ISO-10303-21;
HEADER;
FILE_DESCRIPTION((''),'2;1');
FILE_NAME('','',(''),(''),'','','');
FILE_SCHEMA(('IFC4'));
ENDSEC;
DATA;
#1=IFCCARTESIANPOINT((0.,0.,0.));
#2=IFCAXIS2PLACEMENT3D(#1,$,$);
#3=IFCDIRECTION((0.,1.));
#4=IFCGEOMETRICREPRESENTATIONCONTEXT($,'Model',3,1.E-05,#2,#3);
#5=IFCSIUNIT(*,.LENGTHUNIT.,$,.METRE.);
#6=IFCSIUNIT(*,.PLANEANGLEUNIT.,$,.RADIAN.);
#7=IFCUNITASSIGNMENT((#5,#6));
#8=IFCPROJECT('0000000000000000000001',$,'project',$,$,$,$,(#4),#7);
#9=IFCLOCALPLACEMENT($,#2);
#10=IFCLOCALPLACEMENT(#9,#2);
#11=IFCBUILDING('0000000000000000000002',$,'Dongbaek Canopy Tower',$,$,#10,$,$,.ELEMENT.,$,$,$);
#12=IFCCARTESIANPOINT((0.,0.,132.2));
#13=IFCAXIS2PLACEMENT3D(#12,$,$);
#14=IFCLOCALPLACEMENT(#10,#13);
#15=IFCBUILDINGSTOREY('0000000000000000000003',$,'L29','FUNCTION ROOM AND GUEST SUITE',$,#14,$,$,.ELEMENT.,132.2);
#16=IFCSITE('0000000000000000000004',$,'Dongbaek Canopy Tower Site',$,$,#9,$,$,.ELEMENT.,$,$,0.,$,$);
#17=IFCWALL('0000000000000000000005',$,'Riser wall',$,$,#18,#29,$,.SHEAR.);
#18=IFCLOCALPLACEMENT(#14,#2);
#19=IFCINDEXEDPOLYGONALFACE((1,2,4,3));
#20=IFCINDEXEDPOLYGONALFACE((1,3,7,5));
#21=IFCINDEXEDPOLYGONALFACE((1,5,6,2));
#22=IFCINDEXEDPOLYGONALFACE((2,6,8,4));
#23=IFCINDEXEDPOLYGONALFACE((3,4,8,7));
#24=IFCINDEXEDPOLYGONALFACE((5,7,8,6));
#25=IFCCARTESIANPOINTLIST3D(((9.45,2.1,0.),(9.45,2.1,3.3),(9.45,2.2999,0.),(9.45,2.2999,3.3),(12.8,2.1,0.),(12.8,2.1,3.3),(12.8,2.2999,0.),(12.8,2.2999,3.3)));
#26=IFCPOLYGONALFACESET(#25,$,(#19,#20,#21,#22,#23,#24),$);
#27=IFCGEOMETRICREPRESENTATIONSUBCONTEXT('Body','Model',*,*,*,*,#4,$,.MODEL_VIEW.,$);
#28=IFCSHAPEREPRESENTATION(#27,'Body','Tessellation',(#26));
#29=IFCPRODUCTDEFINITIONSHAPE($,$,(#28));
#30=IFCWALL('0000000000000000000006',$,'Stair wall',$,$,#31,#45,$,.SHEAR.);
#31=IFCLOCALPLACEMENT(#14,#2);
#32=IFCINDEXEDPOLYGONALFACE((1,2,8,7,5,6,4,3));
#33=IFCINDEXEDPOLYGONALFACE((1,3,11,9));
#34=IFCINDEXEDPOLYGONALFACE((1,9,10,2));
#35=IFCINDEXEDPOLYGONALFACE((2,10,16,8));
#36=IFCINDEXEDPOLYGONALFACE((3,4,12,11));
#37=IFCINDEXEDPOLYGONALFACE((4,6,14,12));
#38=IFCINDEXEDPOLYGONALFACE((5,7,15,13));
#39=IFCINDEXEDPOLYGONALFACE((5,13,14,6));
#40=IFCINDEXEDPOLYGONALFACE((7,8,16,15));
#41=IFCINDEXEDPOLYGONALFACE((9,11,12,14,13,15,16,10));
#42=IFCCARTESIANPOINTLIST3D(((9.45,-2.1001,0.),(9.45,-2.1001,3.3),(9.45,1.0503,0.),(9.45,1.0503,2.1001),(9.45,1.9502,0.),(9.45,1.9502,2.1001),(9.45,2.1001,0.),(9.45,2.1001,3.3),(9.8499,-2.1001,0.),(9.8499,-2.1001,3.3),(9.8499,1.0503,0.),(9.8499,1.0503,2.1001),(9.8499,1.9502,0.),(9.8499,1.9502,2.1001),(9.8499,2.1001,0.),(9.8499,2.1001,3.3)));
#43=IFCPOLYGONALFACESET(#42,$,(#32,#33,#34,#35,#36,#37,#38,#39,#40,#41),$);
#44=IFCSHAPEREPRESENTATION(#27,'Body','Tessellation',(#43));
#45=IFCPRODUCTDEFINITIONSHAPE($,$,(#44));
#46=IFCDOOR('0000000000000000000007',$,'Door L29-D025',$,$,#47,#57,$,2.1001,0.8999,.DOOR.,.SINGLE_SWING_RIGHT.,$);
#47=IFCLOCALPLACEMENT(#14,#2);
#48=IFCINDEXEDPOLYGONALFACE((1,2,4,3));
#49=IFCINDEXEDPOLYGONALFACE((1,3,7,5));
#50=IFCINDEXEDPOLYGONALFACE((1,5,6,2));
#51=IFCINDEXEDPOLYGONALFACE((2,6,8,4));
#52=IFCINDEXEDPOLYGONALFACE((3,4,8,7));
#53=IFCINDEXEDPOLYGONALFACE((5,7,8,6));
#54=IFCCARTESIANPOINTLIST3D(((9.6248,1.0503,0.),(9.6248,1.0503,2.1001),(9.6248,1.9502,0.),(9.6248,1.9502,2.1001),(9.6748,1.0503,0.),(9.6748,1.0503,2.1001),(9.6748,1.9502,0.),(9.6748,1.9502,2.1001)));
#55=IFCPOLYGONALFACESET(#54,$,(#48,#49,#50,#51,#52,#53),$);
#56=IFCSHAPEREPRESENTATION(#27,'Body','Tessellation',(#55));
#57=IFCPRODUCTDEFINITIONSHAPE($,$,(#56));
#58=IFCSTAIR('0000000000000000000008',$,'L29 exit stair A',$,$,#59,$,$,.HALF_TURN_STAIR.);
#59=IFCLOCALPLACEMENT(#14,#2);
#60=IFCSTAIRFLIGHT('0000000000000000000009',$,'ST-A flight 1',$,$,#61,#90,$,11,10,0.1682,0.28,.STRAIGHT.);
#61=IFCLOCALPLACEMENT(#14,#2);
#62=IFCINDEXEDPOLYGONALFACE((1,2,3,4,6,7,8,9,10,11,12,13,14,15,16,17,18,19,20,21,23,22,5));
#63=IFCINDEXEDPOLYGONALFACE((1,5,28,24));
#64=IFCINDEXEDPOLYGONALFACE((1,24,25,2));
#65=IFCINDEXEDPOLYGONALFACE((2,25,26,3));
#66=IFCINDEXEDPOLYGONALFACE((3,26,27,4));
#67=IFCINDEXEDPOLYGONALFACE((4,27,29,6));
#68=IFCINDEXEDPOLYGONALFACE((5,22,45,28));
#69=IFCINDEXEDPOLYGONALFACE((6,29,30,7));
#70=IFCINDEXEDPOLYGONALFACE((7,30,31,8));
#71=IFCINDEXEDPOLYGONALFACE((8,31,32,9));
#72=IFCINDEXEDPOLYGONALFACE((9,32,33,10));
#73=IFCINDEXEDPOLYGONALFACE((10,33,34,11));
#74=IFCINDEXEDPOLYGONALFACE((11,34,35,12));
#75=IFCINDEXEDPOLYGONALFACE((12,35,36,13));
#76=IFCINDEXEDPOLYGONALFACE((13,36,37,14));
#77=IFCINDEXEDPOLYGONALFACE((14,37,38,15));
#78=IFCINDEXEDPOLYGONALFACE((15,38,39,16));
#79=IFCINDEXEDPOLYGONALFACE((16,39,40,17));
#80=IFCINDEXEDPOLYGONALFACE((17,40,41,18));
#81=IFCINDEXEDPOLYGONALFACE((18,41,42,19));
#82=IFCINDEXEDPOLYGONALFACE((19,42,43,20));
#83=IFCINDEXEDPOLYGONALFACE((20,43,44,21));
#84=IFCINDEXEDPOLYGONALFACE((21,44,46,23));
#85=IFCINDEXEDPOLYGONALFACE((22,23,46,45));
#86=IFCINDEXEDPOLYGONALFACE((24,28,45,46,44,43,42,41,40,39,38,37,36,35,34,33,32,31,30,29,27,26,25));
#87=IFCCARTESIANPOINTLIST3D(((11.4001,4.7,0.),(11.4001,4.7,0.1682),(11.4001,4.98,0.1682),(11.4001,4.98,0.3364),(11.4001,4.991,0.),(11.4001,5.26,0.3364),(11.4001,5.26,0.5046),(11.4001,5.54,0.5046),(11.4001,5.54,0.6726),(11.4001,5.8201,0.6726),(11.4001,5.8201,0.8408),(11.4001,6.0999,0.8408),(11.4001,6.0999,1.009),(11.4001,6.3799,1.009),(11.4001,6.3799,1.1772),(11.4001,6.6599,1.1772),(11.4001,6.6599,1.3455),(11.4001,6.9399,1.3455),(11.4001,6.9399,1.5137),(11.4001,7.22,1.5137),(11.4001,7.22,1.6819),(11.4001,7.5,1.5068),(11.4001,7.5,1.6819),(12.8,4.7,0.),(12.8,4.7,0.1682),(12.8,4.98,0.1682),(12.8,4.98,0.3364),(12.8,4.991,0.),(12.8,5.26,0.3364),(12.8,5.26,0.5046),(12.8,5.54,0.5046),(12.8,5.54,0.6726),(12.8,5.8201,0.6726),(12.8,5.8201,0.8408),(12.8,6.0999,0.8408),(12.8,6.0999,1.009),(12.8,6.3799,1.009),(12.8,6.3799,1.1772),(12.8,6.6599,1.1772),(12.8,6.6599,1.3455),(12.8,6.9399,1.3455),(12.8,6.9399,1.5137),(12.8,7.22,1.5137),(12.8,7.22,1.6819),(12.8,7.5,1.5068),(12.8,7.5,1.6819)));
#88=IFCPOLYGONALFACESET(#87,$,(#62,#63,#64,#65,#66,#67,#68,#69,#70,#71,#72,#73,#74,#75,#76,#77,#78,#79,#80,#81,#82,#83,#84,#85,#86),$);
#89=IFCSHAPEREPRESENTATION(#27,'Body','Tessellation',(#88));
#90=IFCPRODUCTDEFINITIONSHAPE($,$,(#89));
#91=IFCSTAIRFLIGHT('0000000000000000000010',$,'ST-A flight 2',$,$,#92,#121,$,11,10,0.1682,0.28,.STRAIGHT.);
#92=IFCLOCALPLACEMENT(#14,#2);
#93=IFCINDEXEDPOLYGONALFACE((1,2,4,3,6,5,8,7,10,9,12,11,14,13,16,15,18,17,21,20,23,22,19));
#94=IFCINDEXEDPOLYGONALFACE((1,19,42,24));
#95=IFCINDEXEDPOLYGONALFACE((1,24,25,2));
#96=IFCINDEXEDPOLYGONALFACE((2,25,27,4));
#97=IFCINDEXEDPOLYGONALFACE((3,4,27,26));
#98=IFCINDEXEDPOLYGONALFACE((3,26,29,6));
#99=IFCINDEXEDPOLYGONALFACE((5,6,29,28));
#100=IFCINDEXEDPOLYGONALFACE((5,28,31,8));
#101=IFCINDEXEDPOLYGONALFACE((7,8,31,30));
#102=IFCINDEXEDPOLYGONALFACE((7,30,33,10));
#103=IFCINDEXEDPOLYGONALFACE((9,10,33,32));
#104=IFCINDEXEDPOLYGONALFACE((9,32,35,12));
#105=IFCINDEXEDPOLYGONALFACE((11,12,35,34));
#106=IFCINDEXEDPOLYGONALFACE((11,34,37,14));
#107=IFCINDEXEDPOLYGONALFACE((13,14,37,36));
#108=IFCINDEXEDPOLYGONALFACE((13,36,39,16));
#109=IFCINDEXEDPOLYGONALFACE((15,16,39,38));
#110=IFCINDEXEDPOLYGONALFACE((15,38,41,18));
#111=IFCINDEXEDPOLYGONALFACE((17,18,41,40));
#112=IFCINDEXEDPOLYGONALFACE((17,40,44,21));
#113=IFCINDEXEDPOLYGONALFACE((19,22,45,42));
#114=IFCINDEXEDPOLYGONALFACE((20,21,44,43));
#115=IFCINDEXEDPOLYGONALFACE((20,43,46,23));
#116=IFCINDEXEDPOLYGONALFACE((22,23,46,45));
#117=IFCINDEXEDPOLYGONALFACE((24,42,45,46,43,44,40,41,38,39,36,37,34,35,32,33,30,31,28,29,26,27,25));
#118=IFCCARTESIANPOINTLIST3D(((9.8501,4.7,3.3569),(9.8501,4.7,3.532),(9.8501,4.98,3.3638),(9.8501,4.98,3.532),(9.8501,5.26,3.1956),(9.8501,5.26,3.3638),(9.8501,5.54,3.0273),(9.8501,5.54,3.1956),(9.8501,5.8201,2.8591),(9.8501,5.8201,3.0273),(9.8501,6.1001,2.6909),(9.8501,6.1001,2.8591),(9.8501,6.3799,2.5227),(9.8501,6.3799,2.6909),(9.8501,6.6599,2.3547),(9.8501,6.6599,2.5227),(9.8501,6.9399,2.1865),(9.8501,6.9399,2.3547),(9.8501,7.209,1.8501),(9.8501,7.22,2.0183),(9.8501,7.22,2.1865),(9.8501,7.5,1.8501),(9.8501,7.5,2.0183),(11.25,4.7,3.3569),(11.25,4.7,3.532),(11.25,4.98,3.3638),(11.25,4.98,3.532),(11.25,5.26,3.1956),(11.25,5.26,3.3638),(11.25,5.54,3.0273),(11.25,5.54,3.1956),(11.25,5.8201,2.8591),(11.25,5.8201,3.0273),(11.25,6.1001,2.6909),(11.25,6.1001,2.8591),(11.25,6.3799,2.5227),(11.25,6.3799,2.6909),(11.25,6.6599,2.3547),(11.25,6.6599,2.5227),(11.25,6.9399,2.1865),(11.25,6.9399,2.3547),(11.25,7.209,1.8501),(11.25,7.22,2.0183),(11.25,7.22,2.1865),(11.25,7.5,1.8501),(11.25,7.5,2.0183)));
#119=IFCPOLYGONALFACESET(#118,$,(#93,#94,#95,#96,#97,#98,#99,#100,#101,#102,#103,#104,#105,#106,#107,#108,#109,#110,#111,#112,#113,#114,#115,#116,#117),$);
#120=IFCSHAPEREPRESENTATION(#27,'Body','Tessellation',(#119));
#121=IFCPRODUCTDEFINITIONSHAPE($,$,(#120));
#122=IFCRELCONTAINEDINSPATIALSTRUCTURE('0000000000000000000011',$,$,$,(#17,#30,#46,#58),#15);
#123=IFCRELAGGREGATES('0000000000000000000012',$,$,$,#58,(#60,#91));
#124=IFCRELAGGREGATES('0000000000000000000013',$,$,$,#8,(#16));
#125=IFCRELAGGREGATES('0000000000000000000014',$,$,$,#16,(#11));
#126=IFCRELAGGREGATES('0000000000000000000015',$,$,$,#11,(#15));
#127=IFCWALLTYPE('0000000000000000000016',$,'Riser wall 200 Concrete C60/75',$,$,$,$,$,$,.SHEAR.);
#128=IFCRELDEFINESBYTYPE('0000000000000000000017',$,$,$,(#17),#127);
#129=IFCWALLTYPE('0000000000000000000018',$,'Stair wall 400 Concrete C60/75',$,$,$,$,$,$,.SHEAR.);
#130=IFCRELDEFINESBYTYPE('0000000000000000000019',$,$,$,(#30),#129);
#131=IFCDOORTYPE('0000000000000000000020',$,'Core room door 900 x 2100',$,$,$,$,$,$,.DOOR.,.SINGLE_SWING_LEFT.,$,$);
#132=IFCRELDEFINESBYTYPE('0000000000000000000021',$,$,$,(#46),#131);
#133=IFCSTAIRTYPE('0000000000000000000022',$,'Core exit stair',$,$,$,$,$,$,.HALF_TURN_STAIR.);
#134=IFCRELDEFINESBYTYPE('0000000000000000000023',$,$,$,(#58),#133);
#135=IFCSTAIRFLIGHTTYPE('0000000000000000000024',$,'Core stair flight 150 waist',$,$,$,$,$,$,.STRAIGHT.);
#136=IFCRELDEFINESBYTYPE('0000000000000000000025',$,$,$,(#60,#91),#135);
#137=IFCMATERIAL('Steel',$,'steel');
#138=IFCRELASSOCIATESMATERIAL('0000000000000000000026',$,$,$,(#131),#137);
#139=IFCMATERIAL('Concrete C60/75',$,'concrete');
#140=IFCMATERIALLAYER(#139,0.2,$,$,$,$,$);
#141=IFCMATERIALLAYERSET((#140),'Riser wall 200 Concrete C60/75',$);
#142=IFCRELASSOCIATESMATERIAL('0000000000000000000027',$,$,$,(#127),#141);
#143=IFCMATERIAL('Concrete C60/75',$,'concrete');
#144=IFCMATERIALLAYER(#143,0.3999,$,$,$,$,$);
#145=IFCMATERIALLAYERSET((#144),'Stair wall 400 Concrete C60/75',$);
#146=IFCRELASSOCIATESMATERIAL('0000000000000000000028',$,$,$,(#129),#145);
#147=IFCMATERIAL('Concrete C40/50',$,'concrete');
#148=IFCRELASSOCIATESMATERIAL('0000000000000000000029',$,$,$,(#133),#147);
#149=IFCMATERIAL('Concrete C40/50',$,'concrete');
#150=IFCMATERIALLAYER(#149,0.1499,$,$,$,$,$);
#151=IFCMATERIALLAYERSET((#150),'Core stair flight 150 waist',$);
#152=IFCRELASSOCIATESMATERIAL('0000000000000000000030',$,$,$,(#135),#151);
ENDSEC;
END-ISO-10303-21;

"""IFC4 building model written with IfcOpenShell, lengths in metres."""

from ifc_helpers import new_model, si_unit, direction, frame, frame_2d, origin, place, context, subcontext, project, spatial, polyline, rectangle, outline, extrude, material, layer, layer_set, type_object, element, fill, aggregate, save


model = new_model("IFC4")

# Units and contexts
model_context = context("Model", 3, precision=1e-05, world=origin(), true_north=direction((0.0, 1.0)))
body_context = subcontext(model_context, "Body", "Model", "MODEL_VIEW")
ifc_project = project(units=[si_unit("LENGTHUNIT", "METRE"), si_unit("PLANEANGLEUNIT", "RADIAN")], contexts=[model_context])

# Site, building, storey
site_placement = place(None, origin())
site = spatial("IfcSite", under=ifc_project, at=site_placement, Name="Dongbaek Canopy Tower Site", CompositionType="ELEMENT", RefElevation=0.0)
building_placement = place(site_placement, origin())
building = spatial("IfcBuilding", under=site, at=building_placement, Name="Dongbaek Canopy Tower", CompositionType="ELEMENT")
storey_placement = place(building_placement, frame((0.0, 0.0, 132.2)))
storey = spatial("IfcBuildingStorey", under=building, at=storey_placement, Name="L29", Description="FUNCTION ROOM AND GUEST SUITE", CompositionType="ELEMENT", Elevation=132.2)

# Shared definitions
ifc_material_1 = material(Name="Steel", Category="steel")
door_type_1 = type_object("IfcDoorType", Name="Core room door 900 x 2100", OperationType="SINGLE_SWING_LEFT", PredefinedType="DOOR", material=ifc_material_1)

# Wall
ifc_material_2 = material(Name="Concrete C60/75", Category="concrete")
ifc_layer_1 = layer(ifc_material_2, 0.2)
ifc_layer_set_1 = layer_set([ifc_layer_1], Name="Riser wall 200 Concrete C60/75")
wall_type_1 = type_object("IfcWallType", Name="Riser wall 200 Concrete C60/75", PredefinedType="SHEAR", material=ifc_layer_set_1)
wall_1_placement = place(storey_placement, frame((9.45, 2.2, 0.0), z_axis=(0.0, 0.0, 1.0), x_axis=(1.0, 0.0, 0.0)))
element("IfcWall", 1, at=wall_1_placement, inside=storey, type_object=wall_type_1, Name="Riser wall", PredefinedType="SHEAR", context=body_context, shape_type="SweptSolid", body=[
    extrude(rectangle(XDim=3.3501, YDim=0.2, at=frame_2d((1.675, 0.0))), origin(), (0.0, 0.0, 1.0), 3.3),
])

# Wall, opening, door
ifc_material_3 = material(Name="Concrete C60/75", Category="concrete")
ifc_layer_2 = layer(ifc_material_3, 0.3999)
ifc_layer_set_2 = layer_set([ifc_layer_2], Name="Stair wall 400 Concrete C60/75")
wall_type_2 = type_object("IfcWallType", Name="Stair wall 400 Concrete C60/75", PredefinedType="SHEAR", material=ifc_layer_set_2)
wall_2_placement = place(storey_placement, frame((9.6499, 2.1001, 0.0), z_axis=(0.0, 0.0, 1.0), x_axis=(0.0, -1.0, 0.0)))
wall_2 = element("IfcWall", 2, at=wall_2_placement, inside=storey, type_object=wall_type_2, Name="Stair wall", PredefinedType="SHEAR", context=body_context, shape_type="SweptSolid", body=[
    extrude(rectangle(XDim=4.2002, YDim=0.3999, at=frame_2d((2.1001, 0.0))), origin(), (0.0, 0.0, 1.0), 3.3),
])
opening_1_placement = place(wall_2_placement, frame((0.1499, 0.0, 0.0)))
opening_1 = element("IfcOpeningElement", 3, at=opening_1_placement, cuts=wall_2, PredefinedType="OPENING", context=body_context, shape_type="SweptSolid", body=[
    extrude(rectangle(XDim=0.8999, YDim=2.1001, at=frame_2d((0.45, 1.05))), frame((0.0, 0.21, 0.0), z_axis=(0.0, -1.0, 0.0), x_axis=(1.0, 0.0, 0.0)), (0.0, 0.0, 1.0), 0.4199),
])
door_1_placement = place(opening_1_placement, origin())
door_1 = element("IfcDoor", 4, at=door_1_placement, inside=storey, type_object=door_type_1, Name="Door L29-D025", OperationType="SINGLE_SWING_RIGHT", OverallHeight=2.1001, OverallWidth=0.8999, PredefinedType="DOOR", context=body_context, shape_type="SweptSolid", body=[
    extrude(rectangle(XDim=0.8999, YDim=2.1001, at=frame_2d((0.45, 1.05))), frame((0.0, 0.0249, 0.0), z_axis=(0.0, -1.0, 0.0), x_axis=(1.0, 0.0, 0.0)), (0.0, 0.0, 1.0), 0.05),
])
fill(opening_1, door_1)

# Stair, stair flights
ifc_material_4 = material(Name="Concrete C40/50", Category="concrete")
stair_type = type_object("IfcStairType", Name="Core exit stair", PredefinedType="HALF_TURN_STAIR", material=ifc_material_4)
stair_placement = place(storey_placement, origin())
stair = element("IfcStair", 5, at=stair_placement, inside=storey, type_object=stair_type, Name="L29 exit stair A", PredefinedType="HALF_TURN_STAIR")
ifc_material_5 = material(Name="Concrete C40/50", Category="concrete")
ifc_layer_3 = layer(ifc_material_5, 0.1499)
ifc_layer_set_3 = layer_set([ifc_layer_3], Name="Core stair flight 150 waist")
stair_flight_type = type_object("IfcStairFlightType", Name="Core stair flight 150 waist", PredefinedType="STRAIGHT", material=ifc_layer_set_3)
stair_flight_1_placement = place(storey_placement, frame((12.1001, 4.7, 0.0), z_axis=(0.0, 0.0, 1.0), x_axis=(0.0, 1.0, 0.0)))
stair_flight_1 = element("IfcStairFlight", 6, at=stair_flight_1_placement, type_object=stair_flight_type, Name="ST-A flight 1", NumberOfRisers=11, NumberOfTreads=10, PredefinedType="STRAIGHT", RiserHeight=0.1682, TreadLength=0.28, context=body_context, shape_type="SweptSolid", body=[
    extrude(outline(polyline([(0.0, 0.0), (0.0, 0.1682), (0.28, 0.1682), (0.28, 0.3364), (0.5601, 0.3364), (0.5601, 0.5046), (0.8401, 0.5046), (0.8401, 0.6726), (1.1201, 0.6726), (1.1201, 0.8408), (1.3999, 0.8408), (1.3999, 1.009), (1.6799, 1.009), (1.6799, 1.1772), (1.96, 1.1772), (1.96, 1.3455), (2.24, 1.3455), (2.24, 1.5137), (2.52, 1.5137), (2.52, 1.6819), (2.8, 1.6819), (2.8, 1.8501), (2.8, 1.5068), (0.291, 0.0), (0.0, 0.0)])), frame((0.0, 0.7, 0.0), z_axis=(0.0, -1.0, 0.0), x_axis=(1.0, 0.0, 0.0)), (0.0, 0.0, 1.0), 1.3999),
])
stair_flight_2_placement = place(storey_placement, frame((10.55, 7.5, 1.8501), z_axis=(0.0, 0.0, 1.0), x_axis=(0.0, -1.0, 0.0)))
stair_flight_2 = element("IfcStairFlight", 7, at=stair_flight_2_placement, type_object=stair_flight_type, Name="ST-A flight 2", NumberOfRisers=11, NumberOfTreads=10, PredefinedType="STRAIGHT", RiserHeight=0.1682, TreadLength=0.28, context=body_context, shape_type="SweptSolid", body=[
    extrude(outline(polyline([(0.0, 0.0), (0.0, 0.1682), (0.28, 0.1682), (0.28, 0.3364), (0.5601, 0.3364), (0.5601, 0.5046), (0.8401, 0.5046), (0.8401, 0.6726), (1.1201, 0.6726), (1.1201, 0.8408), (1.3999, 0.8408), (1.3999, 1.009), (1.6799, 1.009), (1.6799, 1.1772), (1.96, 1.1772), (1.96, 1.3455), (2.24, 1.3455), (2.24, 1.5137), (2.52, 1.5137), (2.52, 1.6819), (2.8, 1.6819), (2.8, 1.8501), (2.8, 1.5068), (0.291, 0.0), (0.0, 0.0)])), frame((0.0, 0.7, 0.0), z_axis=(0.0, -1.0, 0.0), x_axis=(1.0, 0.0, 0.0)), (0.0, 0.0, 1.0), 1.3999),
])
aggregate(stair, [stair_flight_1, stair_flight_2])

save(model, "model.ifc")
